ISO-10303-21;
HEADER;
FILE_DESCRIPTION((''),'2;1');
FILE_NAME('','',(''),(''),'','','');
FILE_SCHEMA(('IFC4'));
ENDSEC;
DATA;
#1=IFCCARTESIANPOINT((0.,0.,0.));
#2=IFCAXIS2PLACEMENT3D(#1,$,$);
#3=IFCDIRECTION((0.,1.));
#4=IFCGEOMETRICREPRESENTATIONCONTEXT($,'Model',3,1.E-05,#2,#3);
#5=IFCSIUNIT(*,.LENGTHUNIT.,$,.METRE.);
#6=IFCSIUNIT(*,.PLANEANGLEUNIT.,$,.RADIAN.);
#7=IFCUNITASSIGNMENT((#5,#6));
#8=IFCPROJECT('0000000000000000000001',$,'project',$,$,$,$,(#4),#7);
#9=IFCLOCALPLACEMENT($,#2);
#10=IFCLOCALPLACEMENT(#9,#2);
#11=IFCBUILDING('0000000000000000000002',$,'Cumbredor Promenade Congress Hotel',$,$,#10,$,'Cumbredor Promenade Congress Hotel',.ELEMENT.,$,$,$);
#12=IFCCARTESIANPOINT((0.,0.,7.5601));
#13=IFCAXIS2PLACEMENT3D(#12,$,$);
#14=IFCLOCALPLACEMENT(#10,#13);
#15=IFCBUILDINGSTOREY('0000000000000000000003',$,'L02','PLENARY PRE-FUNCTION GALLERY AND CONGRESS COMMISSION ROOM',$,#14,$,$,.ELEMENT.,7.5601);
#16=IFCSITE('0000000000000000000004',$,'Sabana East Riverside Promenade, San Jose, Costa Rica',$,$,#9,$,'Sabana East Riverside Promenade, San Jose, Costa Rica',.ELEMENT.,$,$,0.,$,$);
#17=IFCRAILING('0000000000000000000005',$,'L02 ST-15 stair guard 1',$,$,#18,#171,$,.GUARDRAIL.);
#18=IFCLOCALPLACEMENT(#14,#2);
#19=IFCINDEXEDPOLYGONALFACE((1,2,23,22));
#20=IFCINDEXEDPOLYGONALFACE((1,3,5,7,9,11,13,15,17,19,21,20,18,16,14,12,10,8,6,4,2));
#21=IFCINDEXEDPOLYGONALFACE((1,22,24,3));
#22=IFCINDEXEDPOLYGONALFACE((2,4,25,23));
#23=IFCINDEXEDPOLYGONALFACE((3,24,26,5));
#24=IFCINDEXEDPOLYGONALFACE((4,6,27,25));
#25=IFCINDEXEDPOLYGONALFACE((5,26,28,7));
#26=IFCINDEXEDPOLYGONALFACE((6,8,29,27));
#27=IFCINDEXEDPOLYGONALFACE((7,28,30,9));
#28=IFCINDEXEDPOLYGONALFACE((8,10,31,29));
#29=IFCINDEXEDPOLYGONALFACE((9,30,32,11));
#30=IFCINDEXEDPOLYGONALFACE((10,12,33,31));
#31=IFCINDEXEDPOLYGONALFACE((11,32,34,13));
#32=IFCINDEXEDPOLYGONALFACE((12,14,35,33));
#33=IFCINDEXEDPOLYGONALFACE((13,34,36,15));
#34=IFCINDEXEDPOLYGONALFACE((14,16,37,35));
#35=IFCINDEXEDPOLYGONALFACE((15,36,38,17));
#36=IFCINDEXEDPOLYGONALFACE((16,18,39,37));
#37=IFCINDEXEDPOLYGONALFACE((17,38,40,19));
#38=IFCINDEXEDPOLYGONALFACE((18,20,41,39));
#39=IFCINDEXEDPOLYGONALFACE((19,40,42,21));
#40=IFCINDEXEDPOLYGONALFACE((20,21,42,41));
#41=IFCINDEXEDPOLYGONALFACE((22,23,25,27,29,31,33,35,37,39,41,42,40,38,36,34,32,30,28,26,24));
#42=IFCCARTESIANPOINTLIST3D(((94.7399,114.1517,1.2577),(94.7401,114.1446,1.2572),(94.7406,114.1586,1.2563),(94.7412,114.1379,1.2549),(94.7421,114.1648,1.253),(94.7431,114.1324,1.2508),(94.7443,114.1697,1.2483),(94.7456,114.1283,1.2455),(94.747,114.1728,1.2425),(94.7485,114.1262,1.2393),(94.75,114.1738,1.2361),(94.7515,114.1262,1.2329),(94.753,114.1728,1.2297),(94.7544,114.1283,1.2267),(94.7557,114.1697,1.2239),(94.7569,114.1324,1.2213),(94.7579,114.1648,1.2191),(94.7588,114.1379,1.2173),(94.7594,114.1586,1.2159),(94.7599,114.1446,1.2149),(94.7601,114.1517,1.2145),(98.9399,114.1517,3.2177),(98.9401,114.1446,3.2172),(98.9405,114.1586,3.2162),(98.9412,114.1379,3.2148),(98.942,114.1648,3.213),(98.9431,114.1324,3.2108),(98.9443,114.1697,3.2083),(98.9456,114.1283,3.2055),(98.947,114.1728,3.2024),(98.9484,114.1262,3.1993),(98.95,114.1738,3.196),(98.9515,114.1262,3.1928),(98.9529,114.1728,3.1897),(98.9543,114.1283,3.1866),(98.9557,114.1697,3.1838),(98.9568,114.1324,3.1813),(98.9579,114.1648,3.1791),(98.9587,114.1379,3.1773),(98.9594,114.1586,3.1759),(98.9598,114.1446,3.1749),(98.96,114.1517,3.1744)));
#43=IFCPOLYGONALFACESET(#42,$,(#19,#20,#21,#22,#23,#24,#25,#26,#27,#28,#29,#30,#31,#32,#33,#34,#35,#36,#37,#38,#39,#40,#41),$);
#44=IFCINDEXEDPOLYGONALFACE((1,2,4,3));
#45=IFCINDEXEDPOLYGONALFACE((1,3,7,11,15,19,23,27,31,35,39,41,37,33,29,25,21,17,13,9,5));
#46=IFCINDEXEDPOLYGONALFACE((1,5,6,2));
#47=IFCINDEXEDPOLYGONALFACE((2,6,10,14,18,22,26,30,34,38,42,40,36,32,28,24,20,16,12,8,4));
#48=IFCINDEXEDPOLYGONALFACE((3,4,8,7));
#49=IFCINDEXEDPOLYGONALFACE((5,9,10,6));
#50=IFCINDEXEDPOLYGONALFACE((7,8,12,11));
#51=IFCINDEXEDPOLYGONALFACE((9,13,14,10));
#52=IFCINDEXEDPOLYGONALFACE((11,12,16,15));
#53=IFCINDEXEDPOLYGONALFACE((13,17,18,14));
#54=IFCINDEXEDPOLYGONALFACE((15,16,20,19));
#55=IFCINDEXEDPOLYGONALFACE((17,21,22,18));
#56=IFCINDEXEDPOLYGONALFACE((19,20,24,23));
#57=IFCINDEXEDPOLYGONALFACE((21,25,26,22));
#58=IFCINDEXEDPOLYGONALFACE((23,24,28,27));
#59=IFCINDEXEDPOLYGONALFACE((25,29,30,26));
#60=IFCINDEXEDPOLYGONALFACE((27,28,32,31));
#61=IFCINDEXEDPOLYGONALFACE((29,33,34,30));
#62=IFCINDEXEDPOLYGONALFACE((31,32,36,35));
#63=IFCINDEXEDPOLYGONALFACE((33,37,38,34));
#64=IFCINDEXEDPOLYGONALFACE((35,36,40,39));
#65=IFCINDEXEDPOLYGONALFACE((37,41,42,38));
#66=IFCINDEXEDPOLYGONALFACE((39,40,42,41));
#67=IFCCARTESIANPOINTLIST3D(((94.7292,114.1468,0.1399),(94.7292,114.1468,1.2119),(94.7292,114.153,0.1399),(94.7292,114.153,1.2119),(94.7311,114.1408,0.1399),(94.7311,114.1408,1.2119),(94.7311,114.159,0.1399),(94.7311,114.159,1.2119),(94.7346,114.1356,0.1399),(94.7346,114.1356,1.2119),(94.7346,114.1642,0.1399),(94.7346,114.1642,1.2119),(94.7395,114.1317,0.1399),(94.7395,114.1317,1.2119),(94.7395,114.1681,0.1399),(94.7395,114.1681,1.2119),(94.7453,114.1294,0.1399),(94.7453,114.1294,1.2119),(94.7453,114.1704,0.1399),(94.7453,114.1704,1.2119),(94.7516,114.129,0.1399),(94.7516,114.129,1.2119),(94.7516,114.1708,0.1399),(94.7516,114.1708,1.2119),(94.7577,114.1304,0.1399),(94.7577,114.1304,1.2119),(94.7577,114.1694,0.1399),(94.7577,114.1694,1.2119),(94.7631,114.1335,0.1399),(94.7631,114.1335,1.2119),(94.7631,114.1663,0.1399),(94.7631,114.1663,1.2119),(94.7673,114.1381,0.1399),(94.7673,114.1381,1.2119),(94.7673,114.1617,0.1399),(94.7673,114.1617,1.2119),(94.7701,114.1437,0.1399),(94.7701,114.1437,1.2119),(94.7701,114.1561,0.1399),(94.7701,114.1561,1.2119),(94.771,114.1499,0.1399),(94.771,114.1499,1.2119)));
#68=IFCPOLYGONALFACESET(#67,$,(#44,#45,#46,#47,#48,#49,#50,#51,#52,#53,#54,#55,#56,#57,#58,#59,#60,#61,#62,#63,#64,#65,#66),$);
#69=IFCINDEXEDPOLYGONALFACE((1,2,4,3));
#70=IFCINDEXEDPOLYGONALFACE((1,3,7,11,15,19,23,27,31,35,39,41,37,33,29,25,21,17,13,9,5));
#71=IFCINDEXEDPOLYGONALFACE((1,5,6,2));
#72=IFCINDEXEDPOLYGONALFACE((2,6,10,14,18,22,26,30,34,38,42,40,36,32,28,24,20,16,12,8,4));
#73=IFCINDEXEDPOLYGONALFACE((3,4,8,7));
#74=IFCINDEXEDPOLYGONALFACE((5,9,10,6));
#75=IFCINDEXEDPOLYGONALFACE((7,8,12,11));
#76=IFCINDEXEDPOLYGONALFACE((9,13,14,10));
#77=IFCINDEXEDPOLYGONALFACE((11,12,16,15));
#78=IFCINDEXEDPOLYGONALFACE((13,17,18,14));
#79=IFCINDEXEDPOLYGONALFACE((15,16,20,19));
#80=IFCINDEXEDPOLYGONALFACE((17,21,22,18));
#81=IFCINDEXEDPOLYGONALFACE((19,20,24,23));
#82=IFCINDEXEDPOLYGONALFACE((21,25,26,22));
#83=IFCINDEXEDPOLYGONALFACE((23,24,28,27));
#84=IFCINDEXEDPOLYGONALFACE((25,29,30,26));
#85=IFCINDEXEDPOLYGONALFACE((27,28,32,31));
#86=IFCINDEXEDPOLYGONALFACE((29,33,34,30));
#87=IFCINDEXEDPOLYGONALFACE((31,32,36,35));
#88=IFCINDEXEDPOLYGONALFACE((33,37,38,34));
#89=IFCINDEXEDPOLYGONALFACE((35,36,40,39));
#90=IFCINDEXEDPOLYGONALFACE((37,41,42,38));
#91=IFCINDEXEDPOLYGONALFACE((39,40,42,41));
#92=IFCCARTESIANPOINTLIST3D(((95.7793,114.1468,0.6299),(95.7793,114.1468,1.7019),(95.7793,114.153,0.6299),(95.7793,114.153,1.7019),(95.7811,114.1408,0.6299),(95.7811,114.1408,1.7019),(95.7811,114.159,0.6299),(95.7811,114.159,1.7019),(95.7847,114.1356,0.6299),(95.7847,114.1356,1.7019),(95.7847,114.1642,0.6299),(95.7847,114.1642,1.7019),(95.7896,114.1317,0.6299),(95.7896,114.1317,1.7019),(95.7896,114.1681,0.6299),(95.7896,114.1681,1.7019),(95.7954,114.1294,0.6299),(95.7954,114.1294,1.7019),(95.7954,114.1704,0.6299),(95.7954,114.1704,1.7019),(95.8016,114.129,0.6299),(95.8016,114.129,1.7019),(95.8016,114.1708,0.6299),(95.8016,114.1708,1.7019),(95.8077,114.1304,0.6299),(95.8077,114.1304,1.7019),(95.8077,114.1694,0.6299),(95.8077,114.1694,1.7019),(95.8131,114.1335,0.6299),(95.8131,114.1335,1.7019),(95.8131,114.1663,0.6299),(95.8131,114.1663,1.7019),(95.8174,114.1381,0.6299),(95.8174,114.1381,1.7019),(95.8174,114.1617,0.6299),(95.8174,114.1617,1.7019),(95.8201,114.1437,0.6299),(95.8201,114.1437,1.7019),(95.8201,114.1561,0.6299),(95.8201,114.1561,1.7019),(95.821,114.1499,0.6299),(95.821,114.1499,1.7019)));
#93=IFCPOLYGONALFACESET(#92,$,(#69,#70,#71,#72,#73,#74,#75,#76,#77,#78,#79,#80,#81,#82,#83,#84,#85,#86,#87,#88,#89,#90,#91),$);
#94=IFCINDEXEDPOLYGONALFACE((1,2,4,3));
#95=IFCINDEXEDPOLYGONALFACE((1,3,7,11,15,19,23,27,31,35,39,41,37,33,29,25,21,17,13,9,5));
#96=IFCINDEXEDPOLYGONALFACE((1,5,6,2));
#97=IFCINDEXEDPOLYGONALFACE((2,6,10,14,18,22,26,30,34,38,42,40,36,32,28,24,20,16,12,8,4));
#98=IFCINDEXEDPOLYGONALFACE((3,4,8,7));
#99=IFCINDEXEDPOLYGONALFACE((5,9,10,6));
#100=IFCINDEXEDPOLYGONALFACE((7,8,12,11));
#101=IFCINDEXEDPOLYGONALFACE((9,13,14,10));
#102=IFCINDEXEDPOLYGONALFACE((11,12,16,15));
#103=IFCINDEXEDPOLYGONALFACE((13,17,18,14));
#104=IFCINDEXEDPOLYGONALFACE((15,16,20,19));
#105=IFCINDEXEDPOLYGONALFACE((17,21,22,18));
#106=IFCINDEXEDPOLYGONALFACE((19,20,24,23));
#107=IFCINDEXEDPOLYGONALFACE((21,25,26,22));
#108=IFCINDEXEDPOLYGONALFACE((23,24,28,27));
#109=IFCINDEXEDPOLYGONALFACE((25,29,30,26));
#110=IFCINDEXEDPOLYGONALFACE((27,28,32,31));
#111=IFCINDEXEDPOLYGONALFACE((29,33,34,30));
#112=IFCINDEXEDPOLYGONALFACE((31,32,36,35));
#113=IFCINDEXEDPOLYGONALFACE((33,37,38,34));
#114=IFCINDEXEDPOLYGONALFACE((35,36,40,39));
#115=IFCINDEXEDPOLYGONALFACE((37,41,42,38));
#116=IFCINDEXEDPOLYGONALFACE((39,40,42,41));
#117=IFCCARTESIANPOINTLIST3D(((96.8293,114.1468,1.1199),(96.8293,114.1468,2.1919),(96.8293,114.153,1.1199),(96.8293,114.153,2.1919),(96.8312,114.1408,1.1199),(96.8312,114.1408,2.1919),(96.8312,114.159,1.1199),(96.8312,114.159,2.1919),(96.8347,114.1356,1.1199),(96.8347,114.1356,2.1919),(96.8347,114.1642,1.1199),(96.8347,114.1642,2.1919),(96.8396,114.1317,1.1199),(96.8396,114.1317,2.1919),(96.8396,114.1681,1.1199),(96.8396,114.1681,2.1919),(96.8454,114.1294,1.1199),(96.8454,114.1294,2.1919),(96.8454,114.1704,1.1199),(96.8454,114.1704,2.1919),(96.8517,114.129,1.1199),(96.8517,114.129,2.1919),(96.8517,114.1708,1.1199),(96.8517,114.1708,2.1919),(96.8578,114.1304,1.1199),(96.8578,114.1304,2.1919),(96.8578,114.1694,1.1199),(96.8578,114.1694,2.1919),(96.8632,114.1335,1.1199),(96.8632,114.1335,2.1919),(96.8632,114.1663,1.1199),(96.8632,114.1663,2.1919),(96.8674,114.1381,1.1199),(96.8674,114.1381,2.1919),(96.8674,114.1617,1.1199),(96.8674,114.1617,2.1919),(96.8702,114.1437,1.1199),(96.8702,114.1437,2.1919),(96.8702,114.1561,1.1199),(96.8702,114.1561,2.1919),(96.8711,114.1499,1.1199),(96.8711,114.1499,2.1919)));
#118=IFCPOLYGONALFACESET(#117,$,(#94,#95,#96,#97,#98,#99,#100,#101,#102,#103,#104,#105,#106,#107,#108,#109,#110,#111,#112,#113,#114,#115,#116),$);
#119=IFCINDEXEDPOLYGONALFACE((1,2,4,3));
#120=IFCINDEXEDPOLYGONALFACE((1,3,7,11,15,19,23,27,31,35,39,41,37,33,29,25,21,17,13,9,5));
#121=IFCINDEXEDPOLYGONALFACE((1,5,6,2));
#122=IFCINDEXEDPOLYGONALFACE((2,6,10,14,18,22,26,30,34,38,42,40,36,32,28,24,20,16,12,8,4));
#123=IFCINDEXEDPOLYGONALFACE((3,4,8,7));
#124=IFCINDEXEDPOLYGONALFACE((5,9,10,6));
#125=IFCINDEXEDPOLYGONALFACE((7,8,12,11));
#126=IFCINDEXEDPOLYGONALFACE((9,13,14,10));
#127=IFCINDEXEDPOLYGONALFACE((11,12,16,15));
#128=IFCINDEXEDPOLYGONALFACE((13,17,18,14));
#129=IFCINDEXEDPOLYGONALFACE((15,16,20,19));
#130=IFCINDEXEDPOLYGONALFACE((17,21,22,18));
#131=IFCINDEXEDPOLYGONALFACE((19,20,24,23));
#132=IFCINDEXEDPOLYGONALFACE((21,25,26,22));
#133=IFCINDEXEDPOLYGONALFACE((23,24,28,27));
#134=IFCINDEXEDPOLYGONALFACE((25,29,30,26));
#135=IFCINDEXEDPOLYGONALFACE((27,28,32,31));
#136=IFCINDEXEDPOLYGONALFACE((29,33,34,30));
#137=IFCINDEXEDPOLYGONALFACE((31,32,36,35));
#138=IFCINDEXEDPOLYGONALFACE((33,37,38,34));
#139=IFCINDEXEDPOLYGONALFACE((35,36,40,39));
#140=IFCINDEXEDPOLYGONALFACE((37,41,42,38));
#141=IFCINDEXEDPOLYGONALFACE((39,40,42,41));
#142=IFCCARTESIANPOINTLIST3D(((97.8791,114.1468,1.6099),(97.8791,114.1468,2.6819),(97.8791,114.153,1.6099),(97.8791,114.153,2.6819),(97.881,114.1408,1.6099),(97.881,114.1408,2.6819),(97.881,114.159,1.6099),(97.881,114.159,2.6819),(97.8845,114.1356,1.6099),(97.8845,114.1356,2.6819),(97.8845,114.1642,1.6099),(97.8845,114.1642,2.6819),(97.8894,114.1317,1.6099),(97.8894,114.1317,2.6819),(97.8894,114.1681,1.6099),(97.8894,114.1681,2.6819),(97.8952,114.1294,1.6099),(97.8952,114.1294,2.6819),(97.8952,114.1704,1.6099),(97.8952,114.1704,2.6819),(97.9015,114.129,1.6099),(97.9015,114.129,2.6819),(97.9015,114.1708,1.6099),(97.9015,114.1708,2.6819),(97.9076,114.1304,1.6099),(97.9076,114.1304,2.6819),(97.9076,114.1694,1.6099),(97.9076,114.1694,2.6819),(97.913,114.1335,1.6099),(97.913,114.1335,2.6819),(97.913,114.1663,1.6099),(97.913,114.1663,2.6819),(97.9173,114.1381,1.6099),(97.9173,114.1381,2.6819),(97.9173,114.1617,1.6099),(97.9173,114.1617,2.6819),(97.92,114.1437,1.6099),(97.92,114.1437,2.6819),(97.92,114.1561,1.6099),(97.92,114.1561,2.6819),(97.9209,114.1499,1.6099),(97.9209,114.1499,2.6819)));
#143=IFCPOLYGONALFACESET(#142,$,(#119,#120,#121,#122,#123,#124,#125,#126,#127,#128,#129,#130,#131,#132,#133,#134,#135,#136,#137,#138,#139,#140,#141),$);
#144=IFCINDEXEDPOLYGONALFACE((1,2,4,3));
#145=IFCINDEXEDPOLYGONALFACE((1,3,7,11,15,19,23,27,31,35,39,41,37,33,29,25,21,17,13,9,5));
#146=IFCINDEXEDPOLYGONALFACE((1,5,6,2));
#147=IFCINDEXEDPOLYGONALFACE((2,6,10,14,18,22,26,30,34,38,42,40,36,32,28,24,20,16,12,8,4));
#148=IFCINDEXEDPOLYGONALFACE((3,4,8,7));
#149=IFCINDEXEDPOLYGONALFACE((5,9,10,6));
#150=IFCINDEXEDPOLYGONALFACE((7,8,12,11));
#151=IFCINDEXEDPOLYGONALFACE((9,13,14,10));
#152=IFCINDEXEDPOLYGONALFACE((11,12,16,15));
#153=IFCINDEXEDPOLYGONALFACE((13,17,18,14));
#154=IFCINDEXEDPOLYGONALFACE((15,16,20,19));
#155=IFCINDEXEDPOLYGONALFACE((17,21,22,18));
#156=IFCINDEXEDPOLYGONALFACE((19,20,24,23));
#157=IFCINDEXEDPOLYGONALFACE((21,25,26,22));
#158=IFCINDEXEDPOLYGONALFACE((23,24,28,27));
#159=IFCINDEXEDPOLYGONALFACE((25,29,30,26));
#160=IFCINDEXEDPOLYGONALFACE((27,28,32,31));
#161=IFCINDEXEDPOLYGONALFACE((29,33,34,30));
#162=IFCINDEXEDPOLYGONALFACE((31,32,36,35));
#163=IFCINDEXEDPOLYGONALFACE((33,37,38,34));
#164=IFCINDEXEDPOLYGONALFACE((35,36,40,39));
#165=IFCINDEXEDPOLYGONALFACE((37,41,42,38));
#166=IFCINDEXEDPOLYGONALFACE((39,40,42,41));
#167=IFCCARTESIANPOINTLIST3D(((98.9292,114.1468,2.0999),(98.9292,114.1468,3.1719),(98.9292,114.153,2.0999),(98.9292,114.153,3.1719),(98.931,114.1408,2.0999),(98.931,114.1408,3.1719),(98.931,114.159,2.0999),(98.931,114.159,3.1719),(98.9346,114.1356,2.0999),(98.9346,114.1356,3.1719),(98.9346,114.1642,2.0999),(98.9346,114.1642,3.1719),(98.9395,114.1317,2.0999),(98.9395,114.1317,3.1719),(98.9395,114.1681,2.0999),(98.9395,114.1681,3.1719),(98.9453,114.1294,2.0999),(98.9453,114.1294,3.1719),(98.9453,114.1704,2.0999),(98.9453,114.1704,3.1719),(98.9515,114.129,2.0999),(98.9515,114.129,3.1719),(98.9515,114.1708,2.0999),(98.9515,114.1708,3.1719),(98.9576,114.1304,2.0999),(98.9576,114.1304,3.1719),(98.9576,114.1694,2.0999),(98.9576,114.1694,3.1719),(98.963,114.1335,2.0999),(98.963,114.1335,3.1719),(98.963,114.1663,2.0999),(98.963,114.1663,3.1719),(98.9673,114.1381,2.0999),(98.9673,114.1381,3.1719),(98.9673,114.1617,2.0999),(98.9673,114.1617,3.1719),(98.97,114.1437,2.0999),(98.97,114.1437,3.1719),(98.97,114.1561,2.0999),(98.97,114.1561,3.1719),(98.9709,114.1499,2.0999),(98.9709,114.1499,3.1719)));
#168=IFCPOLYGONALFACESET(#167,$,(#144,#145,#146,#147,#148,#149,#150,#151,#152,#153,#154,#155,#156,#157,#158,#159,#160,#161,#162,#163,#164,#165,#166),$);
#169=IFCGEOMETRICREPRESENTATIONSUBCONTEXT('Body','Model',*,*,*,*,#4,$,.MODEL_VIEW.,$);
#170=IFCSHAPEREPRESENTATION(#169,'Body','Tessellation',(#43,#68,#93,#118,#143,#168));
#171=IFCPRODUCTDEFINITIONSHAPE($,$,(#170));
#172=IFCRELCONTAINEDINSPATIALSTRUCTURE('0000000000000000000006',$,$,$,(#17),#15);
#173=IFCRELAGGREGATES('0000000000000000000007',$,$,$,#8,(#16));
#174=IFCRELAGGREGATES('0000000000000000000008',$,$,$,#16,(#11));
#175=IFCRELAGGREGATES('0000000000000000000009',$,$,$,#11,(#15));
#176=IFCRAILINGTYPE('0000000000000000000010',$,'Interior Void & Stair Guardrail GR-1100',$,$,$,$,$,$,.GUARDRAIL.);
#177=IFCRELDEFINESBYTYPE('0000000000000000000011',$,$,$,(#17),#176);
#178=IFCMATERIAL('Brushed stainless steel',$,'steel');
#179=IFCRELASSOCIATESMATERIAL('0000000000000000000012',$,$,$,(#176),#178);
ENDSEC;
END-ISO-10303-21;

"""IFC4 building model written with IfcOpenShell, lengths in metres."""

from ifc_helpers import new_model, si_unit, direction, frame, origin, origin_2d, place, context, subcontext, project, spatial, circle, extrude, material, type_object, element, save


model = new_model("IFC4")

# Units and contexts
model_context = context("Model", 3, precision=1e-05, world=origin(), true_north=direction((0.0, 1.0)))
body_context = subcontext(model_context, "Body", "Model", "MODEL_VIEW")
ifc_project = project(units=[si_unit("LENGTHUNIT", "METRE"), si_unit("PLANEANGLEUNIT", "RADIAN")], contexts=[model_context])

# Site, building, storey
site_placement = place(None, origin())
site = spatial("IfcSite", under=ifc_project, at=site_placement, Name="Sabana East Riverside Promenade, San Jose, Costa Rica", LongName="Sabana East Riverside Promenade, San Jose, Costa Rica", CompositionType="ELEMENT", RefElevation=0.0)
building_placement = place(site_placement, origin())
building = spatial("IfcBuilding", under=site, at=building_placement, Name="Cumbredor Promenade Congress Hotel", LongName="Cumbredor Promenade Congress Hotel", CompositionType="ELEMENT")
storey_placement = place(building_placement, frame((0.0, 0.0, 7.5601)))
storey = spatial("IfcBuildingStorey", under=building, at=storey_placement, Name="L02", Description="PLENARY PRE-FUNCTION GALLERY AND CONGRESS COMMISSION ROOM", CompositionType="ELEMENT", Elevation=7.5601)

# Railing
ifc_material_1 = material(Name="Brushed stainless steel", Category="steel")
railing_type_1 = type_object("IfcRailingType", Name="Interior Void & Stair Guardrail GR-1100", PredefinedType="GUARDRAIL", material=ifc_material_1)
railing_1_placement = place(storey_placement, frame((94.75, 114.1499, 0.1399)))
element("IfcRailing", 1, at=railing_1_placement, inside=storey, type_object=railing_type_1, Name="L02 ST-15 stair guard 1", PredefinedType="GUARDRAIL", context=body_context, shape_type="SweptSolid", body=[
    extrude(circle(Radius=0.0239, at=origin_2d()), frame((0.0, 0.0, 1.0962), z_axis=(0.906184, 0.0, 0.422883), x_axis=(0.0, 1.0, 0.0)), (0.0, 0.0, 1.0), 4.6348),
    extrude(circle(Radius=0.021, at=origin_2d()), origin(), (0.0, 0.0, 1.0), 1.072),
    extrude(circle(Radius=0.021, at=origin_2d()), frame((1.05, 0.0, 0.49)), (0.0, 0.0, 1.0), 1.072),
    extrude(circle(Radius=0.021, at=origin_2d()), frame((2.1001, 0.0, 0.98)), (0.0, 0.0, 1.0), 1.072),
    extrude(circle(Radius=0.021, at=origin_2d()), frame((3.1499, 0.0, 1.47)), (0.0, 0.0, 1.0), 1.072),
    extrude(circle(Radius=0.021, at=origin_2d()), frame((4.2, 0.0, 1.96)), (0.0, 0.0, 1.0), 1.072),
])

save(model, "model.ifc")
